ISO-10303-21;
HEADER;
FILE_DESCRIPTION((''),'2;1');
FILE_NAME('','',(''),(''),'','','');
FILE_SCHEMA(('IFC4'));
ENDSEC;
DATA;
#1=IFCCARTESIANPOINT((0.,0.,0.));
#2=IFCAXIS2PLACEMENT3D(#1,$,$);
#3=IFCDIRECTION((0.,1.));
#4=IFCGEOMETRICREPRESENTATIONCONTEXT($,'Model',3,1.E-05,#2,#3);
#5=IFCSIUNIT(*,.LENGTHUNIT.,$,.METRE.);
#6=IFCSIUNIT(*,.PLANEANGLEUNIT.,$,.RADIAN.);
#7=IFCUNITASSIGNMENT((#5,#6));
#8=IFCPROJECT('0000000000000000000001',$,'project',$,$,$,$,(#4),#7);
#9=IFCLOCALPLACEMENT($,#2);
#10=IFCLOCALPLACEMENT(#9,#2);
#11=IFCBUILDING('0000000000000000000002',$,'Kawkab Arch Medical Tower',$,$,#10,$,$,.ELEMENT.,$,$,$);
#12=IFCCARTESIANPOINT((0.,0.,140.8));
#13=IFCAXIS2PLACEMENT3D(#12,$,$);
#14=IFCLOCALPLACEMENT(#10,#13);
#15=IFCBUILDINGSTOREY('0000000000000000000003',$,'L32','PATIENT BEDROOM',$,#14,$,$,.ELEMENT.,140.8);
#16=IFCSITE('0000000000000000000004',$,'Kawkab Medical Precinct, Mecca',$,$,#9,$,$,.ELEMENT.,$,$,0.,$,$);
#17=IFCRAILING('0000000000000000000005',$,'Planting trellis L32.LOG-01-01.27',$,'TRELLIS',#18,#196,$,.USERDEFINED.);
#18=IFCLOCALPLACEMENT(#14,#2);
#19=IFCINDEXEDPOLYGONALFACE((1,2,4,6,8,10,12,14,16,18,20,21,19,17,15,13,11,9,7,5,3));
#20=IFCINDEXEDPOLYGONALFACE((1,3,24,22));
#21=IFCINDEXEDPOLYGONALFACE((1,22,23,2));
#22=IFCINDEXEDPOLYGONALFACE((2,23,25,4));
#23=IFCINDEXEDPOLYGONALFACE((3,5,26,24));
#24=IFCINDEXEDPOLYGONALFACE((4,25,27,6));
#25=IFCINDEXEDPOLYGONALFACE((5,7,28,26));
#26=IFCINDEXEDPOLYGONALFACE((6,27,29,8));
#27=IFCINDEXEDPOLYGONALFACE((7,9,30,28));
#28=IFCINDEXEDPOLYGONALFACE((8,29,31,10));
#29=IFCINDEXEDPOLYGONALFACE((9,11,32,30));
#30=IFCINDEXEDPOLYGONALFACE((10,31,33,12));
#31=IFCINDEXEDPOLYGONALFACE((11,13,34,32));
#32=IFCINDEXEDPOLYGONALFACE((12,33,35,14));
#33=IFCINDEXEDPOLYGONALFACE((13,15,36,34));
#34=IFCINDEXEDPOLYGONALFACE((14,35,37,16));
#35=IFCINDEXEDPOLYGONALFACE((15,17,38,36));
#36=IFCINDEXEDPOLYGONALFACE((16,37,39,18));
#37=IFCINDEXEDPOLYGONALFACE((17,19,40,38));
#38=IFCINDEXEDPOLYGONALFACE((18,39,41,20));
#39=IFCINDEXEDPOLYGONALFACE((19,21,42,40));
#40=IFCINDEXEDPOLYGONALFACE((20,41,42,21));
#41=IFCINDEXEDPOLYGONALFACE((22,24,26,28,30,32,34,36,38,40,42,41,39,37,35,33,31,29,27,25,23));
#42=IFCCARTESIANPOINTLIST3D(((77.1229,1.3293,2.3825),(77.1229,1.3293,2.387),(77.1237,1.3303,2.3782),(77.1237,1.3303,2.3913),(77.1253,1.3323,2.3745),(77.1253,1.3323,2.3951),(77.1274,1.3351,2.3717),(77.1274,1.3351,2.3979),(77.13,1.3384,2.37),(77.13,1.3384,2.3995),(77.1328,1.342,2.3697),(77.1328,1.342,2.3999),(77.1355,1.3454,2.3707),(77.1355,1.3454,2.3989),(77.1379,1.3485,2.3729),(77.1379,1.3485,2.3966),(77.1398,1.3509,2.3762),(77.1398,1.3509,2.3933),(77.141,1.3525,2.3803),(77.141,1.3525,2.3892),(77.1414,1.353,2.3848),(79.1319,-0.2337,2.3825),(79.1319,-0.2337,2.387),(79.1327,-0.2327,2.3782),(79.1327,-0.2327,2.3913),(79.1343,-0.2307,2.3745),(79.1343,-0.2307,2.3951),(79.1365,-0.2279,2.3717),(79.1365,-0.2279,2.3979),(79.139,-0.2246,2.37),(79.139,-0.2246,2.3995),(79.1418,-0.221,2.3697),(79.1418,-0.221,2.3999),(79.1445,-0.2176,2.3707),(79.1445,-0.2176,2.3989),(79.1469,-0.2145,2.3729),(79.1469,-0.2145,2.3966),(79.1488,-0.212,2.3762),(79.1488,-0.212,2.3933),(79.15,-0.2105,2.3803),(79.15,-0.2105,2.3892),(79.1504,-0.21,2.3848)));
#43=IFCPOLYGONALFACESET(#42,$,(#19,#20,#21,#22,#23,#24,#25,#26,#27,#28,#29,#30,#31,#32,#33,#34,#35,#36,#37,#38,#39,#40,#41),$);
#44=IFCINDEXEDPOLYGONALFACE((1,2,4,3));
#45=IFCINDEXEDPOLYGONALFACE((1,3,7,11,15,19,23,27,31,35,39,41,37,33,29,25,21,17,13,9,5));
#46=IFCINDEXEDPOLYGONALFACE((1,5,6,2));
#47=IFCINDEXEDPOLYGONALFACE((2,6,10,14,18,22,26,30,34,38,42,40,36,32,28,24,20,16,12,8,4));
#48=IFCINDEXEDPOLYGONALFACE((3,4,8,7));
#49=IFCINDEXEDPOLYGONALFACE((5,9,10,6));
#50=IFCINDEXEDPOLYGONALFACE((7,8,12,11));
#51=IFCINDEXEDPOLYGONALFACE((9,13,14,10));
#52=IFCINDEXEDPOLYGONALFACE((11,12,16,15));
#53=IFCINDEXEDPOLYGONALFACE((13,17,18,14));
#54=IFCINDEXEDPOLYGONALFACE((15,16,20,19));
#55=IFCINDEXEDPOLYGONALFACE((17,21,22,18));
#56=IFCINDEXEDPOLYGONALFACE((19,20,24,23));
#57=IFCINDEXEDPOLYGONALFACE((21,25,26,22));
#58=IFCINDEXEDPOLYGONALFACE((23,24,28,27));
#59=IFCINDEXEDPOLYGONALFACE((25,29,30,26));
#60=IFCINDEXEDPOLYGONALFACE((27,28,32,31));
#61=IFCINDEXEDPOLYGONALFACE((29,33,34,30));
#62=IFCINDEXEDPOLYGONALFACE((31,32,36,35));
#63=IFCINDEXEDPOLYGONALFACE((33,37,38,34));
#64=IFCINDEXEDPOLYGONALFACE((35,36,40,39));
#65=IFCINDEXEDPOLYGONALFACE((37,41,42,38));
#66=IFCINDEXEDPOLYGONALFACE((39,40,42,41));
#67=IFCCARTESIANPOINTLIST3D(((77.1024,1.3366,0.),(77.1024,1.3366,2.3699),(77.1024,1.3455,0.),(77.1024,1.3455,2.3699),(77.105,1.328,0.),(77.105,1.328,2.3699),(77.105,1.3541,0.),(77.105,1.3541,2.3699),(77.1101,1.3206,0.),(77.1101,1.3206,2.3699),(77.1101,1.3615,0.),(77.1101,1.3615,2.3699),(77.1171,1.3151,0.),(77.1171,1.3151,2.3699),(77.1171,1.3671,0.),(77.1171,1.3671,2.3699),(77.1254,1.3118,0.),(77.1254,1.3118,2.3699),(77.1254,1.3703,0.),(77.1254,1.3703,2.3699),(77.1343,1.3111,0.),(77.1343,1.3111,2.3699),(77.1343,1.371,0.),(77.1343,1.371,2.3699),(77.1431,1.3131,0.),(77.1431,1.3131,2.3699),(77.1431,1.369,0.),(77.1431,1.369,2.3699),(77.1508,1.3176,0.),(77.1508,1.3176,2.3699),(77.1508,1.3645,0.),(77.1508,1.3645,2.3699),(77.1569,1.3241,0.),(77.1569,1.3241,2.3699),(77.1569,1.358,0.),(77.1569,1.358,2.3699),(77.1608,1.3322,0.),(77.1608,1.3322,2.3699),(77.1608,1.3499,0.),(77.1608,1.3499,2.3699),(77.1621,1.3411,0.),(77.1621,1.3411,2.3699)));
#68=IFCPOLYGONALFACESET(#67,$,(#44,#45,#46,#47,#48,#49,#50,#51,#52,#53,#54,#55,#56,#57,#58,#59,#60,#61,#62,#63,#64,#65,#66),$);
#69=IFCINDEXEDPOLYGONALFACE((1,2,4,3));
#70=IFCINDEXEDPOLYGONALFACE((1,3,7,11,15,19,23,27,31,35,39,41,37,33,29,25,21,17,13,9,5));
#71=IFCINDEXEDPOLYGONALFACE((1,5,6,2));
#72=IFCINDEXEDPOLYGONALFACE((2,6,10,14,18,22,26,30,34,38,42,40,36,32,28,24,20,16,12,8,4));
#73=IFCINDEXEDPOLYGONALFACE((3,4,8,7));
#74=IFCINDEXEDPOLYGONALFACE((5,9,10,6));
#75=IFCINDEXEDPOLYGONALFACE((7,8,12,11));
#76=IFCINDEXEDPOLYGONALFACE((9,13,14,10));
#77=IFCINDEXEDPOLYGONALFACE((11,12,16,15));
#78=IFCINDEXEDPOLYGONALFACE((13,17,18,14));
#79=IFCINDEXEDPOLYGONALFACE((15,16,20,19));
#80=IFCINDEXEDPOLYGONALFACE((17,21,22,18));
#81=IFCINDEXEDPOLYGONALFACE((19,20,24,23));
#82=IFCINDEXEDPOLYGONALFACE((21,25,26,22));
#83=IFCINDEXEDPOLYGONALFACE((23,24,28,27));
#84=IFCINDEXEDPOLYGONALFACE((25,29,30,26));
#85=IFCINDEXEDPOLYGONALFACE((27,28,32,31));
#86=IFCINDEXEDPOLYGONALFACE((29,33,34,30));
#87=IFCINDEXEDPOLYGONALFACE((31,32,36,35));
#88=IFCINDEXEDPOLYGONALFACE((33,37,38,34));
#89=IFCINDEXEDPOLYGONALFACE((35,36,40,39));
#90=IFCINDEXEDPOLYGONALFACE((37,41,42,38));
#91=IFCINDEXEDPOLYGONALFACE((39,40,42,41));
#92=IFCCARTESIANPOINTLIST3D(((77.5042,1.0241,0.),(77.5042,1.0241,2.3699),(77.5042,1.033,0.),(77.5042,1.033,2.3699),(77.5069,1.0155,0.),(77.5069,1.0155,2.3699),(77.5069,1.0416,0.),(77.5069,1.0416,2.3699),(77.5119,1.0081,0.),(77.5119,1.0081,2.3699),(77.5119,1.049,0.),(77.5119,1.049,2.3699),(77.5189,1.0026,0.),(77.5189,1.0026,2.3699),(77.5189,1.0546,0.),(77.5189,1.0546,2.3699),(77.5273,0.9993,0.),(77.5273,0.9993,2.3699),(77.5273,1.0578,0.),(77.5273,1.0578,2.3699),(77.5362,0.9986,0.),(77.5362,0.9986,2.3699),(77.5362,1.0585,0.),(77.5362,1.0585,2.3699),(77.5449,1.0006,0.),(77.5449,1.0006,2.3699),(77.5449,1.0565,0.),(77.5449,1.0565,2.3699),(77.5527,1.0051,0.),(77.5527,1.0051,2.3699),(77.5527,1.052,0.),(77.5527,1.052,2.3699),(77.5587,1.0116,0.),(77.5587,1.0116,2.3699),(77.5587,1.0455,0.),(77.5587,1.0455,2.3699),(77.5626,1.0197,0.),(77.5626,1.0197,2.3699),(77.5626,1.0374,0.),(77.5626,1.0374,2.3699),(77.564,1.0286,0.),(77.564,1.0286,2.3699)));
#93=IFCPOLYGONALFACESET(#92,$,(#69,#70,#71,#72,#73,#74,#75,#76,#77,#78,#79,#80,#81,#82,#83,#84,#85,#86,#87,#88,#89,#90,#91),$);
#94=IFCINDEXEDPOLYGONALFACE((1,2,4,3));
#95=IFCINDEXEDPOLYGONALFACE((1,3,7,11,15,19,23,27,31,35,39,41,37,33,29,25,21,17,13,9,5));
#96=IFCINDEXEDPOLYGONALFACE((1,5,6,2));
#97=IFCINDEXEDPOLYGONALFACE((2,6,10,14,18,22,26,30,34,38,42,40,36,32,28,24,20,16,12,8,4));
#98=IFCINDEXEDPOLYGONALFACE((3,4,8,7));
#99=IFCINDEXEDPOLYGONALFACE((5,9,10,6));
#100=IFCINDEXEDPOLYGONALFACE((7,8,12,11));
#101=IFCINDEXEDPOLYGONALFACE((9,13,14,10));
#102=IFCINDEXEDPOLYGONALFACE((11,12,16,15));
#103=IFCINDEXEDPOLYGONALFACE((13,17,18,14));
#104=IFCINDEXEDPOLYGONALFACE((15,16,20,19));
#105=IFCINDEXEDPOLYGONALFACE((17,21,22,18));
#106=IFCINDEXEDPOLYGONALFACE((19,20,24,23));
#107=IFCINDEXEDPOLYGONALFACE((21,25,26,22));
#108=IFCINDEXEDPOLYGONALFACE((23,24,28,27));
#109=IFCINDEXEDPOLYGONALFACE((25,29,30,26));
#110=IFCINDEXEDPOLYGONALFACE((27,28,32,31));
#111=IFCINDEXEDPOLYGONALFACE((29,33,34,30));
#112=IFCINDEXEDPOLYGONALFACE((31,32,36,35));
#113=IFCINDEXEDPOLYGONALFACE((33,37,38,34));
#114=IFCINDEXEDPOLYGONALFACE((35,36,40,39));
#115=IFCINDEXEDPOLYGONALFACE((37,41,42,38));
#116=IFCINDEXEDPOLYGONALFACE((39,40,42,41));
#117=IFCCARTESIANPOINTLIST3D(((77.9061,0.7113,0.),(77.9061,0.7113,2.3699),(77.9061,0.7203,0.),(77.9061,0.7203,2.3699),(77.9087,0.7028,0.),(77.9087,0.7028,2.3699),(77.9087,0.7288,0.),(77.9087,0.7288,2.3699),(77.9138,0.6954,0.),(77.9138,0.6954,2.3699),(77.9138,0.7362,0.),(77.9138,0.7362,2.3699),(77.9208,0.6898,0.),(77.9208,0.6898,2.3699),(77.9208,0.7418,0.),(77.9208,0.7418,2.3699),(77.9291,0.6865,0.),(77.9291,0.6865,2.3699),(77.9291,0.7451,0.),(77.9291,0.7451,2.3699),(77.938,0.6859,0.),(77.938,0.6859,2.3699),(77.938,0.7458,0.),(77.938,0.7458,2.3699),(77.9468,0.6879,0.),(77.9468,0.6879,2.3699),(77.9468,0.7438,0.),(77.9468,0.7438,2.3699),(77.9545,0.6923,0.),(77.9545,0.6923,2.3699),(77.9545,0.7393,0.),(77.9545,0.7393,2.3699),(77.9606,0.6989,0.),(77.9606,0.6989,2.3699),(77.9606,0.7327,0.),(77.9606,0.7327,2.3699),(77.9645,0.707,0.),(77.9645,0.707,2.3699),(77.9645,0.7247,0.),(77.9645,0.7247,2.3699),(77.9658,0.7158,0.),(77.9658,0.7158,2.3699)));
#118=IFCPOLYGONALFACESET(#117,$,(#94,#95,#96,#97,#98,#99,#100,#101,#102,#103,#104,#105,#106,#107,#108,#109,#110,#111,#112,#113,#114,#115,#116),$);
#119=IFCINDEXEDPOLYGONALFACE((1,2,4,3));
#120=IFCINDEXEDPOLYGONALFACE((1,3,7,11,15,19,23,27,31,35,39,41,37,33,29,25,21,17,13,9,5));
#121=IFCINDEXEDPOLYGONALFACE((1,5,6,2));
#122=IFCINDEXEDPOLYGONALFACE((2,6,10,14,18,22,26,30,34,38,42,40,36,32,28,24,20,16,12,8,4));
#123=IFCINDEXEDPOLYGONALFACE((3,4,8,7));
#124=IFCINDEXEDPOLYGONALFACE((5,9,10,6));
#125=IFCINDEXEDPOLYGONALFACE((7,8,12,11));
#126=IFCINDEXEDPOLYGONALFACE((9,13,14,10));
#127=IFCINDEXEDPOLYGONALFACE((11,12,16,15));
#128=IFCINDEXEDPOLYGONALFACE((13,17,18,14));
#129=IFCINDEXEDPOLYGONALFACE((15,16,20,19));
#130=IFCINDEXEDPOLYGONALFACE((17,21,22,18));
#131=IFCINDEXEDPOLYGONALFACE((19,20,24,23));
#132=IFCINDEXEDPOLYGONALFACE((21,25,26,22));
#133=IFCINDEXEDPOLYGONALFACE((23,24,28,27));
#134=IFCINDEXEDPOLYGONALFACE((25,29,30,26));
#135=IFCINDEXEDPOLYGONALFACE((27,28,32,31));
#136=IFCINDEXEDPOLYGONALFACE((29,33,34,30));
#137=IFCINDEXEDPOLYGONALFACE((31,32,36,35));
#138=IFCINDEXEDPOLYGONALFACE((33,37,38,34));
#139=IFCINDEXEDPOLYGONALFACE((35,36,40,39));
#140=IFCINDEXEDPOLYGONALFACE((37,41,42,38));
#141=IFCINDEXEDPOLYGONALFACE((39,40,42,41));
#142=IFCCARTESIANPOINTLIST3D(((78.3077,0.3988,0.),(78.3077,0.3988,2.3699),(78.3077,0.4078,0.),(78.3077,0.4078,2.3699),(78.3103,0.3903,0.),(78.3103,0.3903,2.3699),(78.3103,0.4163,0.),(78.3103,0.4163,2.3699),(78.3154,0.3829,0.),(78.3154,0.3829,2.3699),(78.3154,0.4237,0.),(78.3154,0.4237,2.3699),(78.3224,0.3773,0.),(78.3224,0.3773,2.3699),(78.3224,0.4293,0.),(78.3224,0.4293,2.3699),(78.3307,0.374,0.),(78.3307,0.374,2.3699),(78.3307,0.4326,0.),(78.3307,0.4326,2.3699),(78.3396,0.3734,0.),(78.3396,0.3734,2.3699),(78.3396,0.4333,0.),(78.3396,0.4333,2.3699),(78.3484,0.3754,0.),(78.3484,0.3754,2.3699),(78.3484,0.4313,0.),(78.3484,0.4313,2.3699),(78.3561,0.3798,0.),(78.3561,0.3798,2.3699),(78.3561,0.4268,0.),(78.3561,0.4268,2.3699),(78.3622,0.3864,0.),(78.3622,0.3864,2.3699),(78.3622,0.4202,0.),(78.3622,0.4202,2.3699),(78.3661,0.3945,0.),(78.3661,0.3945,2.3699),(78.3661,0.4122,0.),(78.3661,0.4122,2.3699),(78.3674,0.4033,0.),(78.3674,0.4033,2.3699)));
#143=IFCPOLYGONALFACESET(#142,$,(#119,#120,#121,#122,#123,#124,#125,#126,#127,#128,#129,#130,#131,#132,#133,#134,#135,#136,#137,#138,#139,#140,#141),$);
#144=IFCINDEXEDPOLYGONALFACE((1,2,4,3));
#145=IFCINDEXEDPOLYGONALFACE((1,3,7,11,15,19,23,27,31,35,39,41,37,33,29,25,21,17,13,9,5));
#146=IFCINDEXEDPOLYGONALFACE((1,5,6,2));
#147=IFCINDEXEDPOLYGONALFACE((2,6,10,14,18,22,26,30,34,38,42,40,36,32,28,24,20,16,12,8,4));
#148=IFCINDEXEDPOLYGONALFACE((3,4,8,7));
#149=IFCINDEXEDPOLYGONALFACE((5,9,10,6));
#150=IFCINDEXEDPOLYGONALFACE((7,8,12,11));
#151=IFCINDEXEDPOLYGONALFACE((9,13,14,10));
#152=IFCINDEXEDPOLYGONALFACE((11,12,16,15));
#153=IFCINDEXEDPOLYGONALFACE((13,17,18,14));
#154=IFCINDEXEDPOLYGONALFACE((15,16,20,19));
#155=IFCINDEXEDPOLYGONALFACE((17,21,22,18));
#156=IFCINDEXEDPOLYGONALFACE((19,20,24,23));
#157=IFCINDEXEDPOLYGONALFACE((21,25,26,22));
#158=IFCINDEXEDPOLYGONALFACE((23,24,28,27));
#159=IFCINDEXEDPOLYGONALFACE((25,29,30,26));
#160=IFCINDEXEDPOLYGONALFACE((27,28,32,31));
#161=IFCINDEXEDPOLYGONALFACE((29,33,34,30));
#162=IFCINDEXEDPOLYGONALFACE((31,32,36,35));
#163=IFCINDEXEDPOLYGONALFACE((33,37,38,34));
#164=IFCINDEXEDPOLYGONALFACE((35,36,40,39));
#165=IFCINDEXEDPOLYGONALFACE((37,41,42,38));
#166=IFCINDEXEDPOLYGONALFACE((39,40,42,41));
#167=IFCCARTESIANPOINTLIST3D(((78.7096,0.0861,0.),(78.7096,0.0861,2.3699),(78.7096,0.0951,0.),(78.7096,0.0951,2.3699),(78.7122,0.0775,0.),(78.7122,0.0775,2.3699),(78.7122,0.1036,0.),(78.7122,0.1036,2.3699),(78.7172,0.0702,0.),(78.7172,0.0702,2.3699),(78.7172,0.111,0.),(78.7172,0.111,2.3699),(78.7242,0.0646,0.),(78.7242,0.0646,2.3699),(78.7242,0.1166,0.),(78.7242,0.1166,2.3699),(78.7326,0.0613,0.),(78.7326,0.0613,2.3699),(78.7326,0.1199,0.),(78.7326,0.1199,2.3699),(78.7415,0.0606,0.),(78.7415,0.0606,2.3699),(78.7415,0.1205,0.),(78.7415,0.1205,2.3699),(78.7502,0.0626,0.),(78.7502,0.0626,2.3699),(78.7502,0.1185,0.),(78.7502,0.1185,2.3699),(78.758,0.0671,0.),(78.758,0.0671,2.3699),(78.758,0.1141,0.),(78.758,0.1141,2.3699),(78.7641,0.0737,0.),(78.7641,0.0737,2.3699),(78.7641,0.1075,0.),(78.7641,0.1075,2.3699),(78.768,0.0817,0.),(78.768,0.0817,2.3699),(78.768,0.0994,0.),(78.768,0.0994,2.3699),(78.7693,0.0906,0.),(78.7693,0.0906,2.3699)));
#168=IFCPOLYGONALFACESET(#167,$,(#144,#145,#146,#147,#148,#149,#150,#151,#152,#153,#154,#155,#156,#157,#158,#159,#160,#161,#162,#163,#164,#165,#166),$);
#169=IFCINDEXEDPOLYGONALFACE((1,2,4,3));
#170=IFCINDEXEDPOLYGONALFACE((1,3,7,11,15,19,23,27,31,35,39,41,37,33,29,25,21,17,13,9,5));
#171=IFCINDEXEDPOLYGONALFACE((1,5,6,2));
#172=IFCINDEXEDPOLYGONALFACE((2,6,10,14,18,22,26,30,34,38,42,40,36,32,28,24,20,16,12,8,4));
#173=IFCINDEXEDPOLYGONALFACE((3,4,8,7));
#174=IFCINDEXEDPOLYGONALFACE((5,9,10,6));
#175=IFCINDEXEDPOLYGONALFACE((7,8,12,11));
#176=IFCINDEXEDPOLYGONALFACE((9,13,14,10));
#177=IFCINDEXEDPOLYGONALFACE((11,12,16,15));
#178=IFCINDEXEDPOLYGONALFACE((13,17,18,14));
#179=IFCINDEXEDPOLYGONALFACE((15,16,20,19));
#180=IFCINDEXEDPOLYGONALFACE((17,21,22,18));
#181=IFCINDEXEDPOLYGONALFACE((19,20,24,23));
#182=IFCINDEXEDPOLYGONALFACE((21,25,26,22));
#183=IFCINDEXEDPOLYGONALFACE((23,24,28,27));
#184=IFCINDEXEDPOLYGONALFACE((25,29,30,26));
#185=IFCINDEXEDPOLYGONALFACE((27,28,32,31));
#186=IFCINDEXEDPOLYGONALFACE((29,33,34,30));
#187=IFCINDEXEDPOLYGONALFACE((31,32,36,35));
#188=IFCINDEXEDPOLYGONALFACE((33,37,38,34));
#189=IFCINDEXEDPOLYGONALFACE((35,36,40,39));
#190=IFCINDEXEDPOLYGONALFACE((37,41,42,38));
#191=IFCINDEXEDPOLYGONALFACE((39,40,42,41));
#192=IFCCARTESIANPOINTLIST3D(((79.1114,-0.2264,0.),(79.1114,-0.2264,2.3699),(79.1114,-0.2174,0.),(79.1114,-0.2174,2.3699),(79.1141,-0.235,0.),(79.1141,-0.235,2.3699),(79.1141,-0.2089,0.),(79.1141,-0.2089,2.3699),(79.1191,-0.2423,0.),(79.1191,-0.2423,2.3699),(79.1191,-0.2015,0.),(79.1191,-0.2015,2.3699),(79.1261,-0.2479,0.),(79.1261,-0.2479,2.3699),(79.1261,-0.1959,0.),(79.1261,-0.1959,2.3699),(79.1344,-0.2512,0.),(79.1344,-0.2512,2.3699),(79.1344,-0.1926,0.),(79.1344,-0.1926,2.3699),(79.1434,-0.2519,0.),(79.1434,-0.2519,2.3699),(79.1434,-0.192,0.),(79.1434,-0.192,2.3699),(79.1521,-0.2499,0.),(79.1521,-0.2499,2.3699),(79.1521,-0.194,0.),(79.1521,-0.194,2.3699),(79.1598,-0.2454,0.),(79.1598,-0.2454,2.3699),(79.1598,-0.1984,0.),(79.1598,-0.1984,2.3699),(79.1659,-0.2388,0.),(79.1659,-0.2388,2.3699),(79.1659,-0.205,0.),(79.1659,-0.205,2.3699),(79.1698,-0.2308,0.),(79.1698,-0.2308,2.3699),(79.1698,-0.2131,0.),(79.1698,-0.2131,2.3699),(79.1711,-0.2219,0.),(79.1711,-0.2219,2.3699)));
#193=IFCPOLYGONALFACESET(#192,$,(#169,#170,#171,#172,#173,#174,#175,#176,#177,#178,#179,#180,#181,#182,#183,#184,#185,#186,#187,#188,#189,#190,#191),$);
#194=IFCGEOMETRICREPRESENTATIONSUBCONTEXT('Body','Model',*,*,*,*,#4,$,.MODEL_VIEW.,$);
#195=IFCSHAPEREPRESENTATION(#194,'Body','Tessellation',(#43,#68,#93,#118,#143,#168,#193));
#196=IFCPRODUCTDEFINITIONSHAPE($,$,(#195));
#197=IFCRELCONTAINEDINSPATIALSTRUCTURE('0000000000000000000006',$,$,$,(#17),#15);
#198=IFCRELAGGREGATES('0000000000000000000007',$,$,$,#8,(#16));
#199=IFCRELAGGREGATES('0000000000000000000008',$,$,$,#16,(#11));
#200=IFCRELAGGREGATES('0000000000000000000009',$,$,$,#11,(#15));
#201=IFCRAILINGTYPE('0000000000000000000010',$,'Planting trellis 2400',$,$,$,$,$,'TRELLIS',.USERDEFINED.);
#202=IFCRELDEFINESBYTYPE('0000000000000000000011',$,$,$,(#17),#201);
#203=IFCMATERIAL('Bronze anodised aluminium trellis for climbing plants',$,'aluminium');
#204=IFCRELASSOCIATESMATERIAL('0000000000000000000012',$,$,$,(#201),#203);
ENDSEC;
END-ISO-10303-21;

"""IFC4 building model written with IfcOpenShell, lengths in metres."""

from ifc_helpers import new_model, si_unit, direction, frame, origin, origin_2d, place, context, subcontext, project, spatial, circle, extrude, material, type_object, element, save


model = new_model("IFC4")

# Units and contexts
model_context = context("Model", 3, precision=1e-05, world=origin(), true_north=direction((0.0, 1.0)))
body_context = subcontext(model_context, "Body", "Model", "MODEL_VIEW")
ifc_project = project(units=[si_unit("LENGTHUNIT", "METRE"), si_unit("PLANEANGLEUNIT", "RADIAN")], contexts=[model_context])

# Site, building, storey
site_placement = place(None, origin())
site = spatial("IfcSite", under=ifc_project, at=site_placement, Name="Kawkab Medical Precinct, Mecca", CompositionType="ELEMENT", RefElevation=0.0)
building_placement = place(site_placement, origin())
building = spatial("IfcBuilding", under=site, at=building_placement, Name="Kawkab Arch Medical Tower", CompositionType="ELEMENT")
storey_placement = place(building_placement, frame((0.0, 0.0, 140.8)))
storey = spatial("IfcBuildingStorey", under=building, at=storey_placement, Name="L32", Description="PATIENT BEDROOM", CompositionType="ELEMENT", Elevation=140.8)

# Railing
ifc_material_1 = material(Name="Bronze anodised aluminium trellis for climbing plants", Category="aluminium")
railing_type = type_object("IfcRailingType", Name="Planting trellis 2400", ElementType="TRELLIS", PredefinedType="USERDEFINED", material=ifc_material_1)
railing_1_placement = place(storey_placement, frame((77.1321, 1.3411, 0.0)))
element("IfcRailing", 1, at=railing_1_placement, inside=storey, type_object=railing_type, Name="Planting trellis L32.LOG-01-01.27", ObjectType="TRELLIS", PredefinedType="USERDEFINED", context=body_context, shape_type="SweptSolid", body=[
    extrude(circle(Radius=0.0151, at=origin_2d()), frame((0.0, 0.0, 2.3848), z_axis=(0.789275, -0.61404, 0.0), x_axis=(0.61404, 0.789275, 0.0)), (0.0, 0.0, 1.0), 2.5454),
    extrude(circle(Radius=0.03, at=origin_2d()), origin(), (0.0, 0.0, 1.0), 2.3699),
    extrude(circle(Radius=0.03, at=origin_2d()), frame((0.4019, -0.3125, 0.0)), (0.0, 0.0, 1.0), 2.3699),
    extrude(circle(Radius=0.03, at=origin_2d()), frame((0.8037, -0.6252, 0.0)), (0.0, 0.0, 1.0), 2.3699),
    extrude(circle(Radius=0.03, at=origin_2d()), frame((1.2053, -0.9377, 0.0)), (0.0, 0.0, 1.0), 2.3699),
    extrude(circle(Radius=0.03, at=origin_2d()), frame((1.6072, -1.2505, 0.0)), (0.0, 0.0, 1.0), 2.3699),
    extrude(circle(Radius=0.03, at=origin_2d()), frame((2.009, -1.563, 0.0)), (0.0, 0.0, 1.0), 2.3699),
])

save(model, "model.ifc")
